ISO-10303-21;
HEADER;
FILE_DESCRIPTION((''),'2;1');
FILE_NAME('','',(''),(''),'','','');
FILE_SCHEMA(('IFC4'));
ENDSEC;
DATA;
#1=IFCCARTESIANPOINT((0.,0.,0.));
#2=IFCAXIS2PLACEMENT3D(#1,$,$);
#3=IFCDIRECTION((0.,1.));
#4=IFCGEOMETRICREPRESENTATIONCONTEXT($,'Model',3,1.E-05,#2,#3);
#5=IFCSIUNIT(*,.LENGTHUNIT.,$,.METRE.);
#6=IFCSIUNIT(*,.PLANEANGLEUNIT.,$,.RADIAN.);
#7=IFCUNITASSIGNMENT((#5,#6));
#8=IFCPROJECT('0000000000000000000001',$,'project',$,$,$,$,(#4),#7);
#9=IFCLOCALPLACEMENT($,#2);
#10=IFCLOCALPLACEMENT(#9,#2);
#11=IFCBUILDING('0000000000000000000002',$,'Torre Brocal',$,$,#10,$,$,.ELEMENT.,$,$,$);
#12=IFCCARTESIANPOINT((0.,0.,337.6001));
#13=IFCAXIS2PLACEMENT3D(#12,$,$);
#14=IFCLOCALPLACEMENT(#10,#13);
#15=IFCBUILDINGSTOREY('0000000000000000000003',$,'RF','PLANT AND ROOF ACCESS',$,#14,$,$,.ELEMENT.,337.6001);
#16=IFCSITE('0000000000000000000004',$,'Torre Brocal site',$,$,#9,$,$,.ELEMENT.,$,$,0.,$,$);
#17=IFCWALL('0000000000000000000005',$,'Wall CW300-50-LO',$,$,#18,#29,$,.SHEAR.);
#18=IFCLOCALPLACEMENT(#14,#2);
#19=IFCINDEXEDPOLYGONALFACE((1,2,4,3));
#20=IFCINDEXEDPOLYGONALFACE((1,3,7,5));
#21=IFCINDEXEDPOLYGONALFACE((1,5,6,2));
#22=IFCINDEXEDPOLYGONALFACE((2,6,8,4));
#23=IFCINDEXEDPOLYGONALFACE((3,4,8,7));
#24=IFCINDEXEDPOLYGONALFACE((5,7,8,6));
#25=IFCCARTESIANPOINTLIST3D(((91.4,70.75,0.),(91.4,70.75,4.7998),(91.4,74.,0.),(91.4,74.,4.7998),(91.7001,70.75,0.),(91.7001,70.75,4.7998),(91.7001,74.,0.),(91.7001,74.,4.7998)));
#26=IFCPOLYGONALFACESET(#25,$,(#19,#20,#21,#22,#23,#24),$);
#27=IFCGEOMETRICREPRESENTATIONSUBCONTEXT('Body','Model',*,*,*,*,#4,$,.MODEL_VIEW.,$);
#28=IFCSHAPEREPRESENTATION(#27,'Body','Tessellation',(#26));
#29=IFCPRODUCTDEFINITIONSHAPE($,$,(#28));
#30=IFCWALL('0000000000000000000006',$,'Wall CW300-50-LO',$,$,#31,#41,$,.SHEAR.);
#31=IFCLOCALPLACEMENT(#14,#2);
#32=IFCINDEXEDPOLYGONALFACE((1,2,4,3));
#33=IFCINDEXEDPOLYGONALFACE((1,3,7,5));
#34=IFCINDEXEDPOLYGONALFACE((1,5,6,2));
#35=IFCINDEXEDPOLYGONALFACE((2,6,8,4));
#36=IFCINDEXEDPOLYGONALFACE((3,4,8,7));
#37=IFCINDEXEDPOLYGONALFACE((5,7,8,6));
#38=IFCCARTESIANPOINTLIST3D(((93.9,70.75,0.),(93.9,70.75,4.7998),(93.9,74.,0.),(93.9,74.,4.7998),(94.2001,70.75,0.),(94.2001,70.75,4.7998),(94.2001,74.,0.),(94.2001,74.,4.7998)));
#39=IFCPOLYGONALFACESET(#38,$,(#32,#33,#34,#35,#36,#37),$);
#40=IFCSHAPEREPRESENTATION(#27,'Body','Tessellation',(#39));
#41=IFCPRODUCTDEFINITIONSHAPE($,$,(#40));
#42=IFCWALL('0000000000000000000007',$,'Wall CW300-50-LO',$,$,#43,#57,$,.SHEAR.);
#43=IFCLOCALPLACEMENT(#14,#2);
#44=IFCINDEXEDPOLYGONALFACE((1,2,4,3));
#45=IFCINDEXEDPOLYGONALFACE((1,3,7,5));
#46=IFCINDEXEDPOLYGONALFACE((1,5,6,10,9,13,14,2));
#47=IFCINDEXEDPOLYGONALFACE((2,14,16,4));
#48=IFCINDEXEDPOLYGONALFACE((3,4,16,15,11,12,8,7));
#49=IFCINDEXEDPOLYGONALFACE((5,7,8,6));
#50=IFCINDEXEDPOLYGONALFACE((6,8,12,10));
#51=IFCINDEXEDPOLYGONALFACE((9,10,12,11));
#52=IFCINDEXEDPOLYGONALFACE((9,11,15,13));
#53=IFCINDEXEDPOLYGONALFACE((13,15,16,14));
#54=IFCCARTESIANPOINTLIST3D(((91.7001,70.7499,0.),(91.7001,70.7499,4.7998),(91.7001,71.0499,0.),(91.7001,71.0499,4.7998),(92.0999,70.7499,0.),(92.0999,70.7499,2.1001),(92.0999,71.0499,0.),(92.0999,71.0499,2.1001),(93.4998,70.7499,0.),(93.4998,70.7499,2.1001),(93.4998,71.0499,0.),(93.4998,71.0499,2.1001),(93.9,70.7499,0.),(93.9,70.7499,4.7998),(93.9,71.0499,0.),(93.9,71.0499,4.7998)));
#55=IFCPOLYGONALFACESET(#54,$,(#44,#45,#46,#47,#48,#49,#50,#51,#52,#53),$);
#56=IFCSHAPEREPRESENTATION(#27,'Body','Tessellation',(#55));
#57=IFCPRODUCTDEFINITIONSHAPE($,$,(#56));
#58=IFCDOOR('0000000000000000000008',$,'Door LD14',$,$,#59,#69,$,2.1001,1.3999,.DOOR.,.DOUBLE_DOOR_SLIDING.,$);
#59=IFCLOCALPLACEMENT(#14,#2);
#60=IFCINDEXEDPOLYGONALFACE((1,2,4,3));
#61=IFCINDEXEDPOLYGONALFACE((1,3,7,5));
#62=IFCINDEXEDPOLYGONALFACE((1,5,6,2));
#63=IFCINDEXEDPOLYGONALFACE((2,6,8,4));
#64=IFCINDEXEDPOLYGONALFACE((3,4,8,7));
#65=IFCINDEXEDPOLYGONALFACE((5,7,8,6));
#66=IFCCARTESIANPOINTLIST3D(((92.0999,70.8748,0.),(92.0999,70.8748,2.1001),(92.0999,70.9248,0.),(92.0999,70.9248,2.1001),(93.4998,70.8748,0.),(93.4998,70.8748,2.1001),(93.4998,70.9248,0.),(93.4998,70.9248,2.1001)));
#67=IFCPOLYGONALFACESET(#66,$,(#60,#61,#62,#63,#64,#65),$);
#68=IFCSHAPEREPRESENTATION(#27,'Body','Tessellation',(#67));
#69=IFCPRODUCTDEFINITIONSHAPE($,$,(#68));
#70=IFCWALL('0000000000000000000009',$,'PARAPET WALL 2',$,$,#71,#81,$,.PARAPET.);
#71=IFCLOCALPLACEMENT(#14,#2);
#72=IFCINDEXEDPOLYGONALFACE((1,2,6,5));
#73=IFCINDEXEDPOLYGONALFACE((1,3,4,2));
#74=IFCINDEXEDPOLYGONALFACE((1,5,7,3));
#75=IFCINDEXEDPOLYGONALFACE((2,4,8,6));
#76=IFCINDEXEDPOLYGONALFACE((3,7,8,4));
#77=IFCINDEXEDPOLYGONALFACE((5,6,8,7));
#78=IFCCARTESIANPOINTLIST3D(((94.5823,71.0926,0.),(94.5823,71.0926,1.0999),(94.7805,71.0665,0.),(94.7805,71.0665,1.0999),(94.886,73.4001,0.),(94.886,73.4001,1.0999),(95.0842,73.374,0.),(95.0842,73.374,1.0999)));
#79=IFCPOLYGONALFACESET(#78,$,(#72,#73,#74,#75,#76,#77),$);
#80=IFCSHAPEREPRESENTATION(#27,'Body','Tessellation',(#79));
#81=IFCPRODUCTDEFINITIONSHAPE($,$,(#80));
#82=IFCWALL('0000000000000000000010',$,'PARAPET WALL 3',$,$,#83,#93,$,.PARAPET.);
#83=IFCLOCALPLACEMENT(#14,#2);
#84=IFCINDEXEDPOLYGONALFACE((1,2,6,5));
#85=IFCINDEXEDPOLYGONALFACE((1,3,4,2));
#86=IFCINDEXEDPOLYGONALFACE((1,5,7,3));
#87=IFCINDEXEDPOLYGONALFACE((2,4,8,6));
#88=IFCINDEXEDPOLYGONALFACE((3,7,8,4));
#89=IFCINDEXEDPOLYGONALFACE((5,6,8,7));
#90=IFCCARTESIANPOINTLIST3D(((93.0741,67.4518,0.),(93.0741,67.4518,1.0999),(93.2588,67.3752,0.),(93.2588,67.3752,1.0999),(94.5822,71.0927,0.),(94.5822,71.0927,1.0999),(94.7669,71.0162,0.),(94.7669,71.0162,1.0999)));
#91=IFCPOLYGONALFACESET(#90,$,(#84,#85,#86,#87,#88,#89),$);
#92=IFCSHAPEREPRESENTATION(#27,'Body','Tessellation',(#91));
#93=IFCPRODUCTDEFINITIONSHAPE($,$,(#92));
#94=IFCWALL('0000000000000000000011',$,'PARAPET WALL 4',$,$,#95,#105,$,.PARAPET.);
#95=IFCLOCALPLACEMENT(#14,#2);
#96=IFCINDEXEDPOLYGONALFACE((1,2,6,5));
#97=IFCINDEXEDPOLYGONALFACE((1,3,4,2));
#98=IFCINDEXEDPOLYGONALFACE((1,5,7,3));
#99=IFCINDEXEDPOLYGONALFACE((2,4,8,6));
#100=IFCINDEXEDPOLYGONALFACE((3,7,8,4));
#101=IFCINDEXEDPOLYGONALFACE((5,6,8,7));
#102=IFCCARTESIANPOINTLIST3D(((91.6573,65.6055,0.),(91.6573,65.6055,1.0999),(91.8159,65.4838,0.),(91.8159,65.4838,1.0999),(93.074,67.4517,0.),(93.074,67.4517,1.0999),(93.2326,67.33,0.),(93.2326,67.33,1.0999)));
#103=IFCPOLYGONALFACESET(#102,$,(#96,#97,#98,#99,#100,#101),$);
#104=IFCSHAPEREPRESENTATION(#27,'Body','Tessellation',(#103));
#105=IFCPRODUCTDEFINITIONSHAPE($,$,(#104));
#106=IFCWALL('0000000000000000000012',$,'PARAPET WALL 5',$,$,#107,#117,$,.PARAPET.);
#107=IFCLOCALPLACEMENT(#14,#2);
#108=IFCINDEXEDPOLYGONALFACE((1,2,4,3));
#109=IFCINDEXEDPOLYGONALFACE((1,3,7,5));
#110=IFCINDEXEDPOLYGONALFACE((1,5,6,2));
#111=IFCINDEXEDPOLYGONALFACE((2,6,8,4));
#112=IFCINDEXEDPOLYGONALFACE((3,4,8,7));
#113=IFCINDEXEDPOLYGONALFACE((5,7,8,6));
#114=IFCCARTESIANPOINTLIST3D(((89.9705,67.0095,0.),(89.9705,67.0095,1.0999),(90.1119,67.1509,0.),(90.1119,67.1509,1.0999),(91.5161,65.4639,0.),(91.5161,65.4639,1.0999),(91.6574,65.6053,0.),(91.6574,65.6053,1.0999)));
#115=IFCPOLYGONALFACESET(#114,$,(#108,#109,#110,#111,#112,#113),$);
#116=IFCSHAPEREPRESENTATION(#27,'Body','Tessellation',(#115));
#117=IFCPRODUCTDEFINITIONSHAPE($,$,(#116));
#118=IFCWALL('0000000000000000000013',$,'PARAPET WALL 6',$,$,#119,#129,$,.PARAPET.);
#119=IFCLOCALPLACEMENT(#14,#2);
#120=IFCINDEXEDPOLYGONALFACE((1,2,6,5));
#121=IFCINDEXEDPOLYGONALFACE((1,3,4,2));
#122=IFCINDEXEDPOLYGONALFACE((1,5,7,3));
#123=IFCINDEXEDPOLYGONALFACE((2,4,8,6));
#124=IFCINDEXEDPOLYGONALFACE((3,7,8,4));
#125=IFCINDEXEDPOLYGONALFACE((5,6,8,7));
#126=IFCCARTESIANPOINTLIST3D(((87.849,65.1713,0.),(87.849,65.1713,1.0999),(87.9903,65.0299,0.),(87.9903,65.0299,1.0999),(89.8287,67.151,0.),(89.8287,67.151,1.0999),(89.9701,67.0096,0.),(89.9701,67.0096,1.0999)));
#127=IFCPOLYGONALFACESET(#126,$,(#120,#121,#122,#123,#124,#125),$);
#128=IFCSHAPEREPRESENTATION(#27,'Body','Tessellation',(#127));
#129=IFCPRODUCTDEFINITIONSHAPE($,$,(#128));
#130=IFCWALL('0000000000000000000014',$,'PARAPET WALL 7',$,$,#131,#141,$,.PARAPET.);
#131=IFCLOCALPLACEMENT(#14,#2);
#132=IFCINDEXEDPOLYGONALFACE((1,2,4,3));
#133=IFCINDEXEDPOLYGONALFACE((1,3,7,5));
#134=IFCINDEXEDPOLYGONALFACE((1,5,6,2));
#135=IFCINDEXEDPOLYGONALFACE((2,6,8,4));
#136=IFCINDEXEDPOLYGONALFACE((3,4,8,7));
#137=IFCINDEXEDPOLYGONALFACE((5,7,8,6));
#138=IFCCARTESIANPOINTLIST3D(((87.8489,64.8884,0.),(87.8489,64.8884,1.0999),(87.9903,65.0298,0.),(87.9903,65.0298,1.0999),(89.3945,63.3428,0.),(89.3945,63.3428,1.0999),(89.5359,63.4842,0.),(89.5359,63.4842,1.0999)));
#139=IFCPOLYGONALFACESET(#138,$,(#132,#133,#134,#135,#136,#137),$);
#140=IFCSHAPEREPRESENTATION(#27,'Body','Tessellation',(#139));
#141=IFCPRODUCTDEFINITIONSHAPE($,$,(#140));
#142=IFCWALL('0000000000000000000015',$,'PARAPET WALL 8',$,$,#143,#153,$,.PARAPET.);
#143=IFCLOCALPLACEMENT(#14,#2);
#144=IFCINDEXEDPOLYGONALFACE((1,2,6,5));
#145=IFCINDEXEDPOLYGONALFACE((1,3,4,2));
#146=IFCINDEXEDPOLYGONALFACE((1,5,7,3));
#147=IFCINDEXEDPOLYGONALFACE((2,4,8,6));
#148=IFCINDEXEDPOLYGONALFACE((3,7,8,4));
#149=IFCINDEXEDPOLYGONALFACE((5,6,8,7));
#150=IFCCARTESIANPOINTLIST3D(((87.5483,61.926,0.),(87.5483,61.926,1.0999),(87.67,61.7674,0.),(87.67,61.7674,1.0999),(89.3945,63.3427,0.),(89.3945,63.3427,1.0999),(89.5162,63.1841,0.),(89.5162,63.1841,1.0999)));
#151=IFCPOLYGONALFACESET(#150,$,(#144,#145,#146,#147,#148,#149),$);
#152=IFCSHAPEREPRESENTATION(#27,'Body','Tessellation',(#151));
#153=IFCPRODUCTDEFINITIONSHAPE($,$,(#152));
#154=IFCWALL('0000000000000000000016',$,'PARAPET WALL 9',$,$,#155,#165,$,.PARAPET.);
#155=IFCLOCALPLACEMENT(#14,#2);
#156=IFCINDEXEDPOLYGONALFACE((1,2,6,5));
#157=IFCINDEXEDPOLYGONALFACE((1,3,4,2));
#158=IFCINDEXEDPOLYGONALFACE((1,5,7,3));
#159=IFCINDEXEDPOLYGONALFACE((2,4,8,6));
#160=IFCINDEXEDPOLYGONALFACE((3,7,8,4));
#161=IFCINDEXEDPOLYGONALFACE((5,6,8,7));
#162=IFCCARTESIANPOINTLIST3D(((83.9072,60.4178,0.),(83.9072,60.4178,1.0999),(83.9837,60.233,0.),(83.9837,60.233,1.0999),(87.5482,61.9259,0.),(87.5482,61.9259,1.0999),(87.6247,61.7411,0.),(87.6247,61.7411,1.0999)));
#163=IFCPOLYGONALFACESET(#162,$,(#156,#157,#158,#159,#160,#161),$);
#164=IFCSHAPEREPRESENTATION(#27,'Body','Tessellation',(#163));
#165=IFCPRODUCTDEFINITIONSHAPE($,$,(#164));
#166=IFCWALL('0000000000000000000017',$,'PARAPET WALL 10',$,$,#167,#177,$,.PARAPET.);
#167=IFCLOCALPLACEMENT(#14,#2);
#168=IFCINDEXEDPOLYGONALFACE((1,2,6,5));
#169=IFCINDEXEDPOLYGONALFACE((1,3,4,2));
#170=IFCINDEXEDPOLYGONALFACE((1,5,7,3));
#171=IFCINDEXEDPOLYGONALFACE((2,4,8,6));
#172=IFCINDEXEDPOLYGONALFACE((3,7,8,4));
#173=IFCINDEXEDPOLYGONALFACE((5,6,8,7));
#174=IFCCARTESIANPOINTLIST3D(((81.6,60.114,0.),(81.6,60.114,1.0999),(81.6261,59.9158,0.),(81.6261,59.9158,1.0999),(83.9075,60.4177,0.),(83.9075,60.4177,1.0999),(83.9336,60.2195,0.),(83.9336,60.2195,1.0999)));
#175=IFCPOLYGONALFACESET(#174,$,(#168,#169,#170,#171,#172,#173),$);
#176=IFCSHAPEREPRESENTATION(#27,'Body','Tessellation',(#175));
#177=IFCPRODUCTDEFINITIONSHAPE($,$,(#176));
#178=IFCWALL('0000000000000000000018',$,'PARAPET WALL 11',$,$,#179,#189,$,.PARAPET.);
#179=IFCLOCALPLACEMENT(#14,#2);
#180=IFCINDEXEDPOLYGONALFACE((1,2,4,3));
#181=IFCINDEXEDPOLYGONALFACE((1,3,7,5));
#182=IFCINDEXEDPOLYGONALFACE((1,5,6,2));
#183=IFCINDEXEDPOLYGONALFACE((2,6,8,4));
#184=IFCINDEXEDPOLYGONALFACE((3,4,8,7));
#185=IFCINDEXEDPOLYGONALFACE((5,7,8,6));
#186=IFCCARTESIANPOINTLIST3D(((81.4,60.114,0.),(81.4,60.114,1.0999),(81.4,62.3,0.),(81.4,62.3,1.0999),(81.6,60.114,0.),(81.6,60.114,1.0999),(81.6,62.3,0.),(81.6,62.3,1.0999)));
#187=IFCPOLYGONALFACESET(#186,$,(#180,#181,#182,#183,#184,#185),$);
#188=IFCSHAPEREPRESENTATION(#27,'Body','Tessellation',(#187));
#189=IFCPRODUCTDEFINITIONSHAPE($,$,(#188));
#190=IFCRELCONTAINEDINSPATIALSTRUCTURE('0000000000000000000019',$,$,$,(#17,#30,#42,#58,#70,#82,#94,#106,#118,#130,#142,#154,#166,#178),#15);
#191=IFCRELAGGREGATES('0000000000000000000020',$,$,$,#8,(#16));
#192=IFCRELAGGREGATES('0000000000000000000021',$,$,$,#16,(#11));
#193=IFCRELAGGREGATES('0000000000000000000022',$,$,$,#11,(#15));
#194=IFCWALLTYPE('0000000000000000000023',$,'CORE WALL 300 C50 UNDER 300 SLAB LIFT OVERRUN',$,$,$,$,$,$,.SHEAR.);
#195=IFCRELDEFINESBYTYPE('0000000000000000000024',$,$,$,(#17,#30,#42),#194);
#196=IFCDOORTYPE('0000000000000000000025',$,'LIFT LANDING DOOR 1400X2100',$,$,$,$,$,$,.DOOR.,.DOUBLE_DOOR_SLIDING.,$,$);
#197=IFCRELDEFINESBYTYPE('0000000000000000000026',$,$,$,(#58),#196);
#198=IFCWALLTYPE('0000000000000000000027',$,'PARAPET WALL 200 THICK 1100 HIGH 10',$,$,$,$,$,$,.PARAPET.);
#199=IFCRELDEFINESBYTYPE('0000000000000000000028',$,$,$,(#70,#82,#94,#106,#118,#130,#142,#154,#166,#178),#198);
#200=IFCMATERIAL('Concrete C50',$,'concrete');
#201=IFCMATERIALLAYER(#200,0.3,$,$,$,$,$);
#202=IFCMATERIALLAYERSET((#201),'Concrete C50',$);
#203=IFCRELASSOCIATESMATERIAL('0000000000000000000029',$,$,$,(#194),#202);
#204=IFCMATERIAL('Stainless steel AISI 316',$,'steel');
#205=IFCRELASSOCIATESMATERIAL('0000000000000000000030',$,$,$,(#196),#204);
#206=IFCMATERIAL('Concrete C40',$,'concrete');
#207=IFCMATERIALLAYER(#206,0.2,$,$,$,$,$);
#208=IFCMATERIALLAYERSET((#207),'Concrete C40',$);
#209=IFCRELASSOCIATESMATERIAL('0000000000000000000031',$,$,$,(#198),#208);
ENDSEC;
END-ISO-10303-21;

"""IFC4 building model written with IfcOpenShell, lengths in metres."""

from ifc_helpers import new_model, si_unit, direction, frame, frame_2d, origin, place, context, subcontext, project, spatial, rectangle, extrude, material, layer, layer_set, type_object, element, fill, save


model = new_model("IFC4")

# Units and contexts
model_context = context("Model", 3, precision=1e-05, world=origin(), true_north=direction((0.0, 1.0)))
body_context = subcontext(model_context, "Body", "Model", "MODEL_VIEW")
ifc_project = project(units=[si_unit("LENGTHUNIT", "METRE"), si_unit("PLANEANGLEUNIT", "RADIAN")], contexts=[model_context])

# Site, building, storey
site_placement = place(None, origin())
site = spatial("IfcSite", under=ifc_project, at=site_placement, Name="Torre Brocal site", CompositionType="ELEMENT", RefElevation=0.0)
building_placement = place(site_placement, origin())
building = spatial("IfcBuilding", under=site, at=building_placement, Name="Torre Brocal", CompositionType="ELEMENT")
storey_placement = place(building_placement, frame((0.0, 0.0, 337.6001)))
storey = spatial("IfcBuildingStorey", under=building, at=storey_placement, Name="RF", Description="PLANT AND ROOF ACCESS", CompositionType="ELEMENT", Elevation=337.6001)

# Walls
ifc_material_1 = material(Name="Concrete C50", Category="concrete")
ifc_layer_1 = layer(ifc_material_1, 0.3)
ifc_layer_set_1 = layer_set([ifc_layer_1], Name="Concrete C50")
wall_type_1 = type_object("IfcWallType", Name="CORE WALL 300 C50 UNDER 300 SLAB LIFT OVERRUN", PredefinedType="SHEAR", material=ifc_layer_set_1)
for number, where, z_axis, x_axis, name in (
    (1, (91.55, 70.75, 0.0), (0.0, 0.0, 1.0), (0.0, 1.0, 0.0), "Wall CW300-50-LO"),
    (2, (94.05, 70.75, 0.0), (0.0, 0.0, 1.0), (0.0, 1.0, 0.0), "Wall CW300-50-LO"),
):
    element("IfcWall", number, at=place(storey_placement, frame(where, z_axis=z_axis, x_axis=x_axis)), inside=storey, type_object=wall_type_1, Name=name, PredefinedType="SHEAR", context=body_context, shape_type="SweptSolid", body=[
        extrude(rectangle(XDim=3.25, YDim=0.3, at=frame_2d((1.625, 0.0))), origin(), (0.0, 0.0, 1.0), 4.7998),
    ])

# Wall, opening, door
wall_1_placement = place(storey_placement, frame((91.7, 70.8999, 0.0), z_axis=(0.0, 0.0, 1.0), x_axis=(1.0, 0.0, 0.0)))
wall_1 = element("IfcWall", 3, at=wall_1_placement, inside=storey, type_object=wall_type_1, Name="Wall CW300-50-LO", PredefinedType="SHEAR", context=body_context, shape_type="SweptSolid", body=[
    extrude(rectangle(XDim=2.2, YDim=0.3, at=frame_2d((1.1001, 0.0))), origin(), (0.0, 0.0, 1.0), 4.7998),
])
opening_placement = place(wall_1_placement, frame((0.3999, 0.0, 0.0)))
opening = element("IfcOpeningElement", 4, at=opening_placement, cuts=wall_1, PredefinedType="OPENING", context=body_context, shape_type="SweptSolid", body=[
    extrude(rectangle(XDim=1.3999, YDim=2.1001, at=frame_2d((0.7, 1.05))), frame((0.0, 0.1599, 0.0), z_axis=(0.0, -1.0, 0.0), x_axis=(1.0, 0.0, 0.0)), (0.0, 0.0, 1.0), 0.3201),
])
ifc_material_2 = material(Name="Stainless steel AISI 316", Category="steel")
door_type = type_object("IfcDoorType", Name="LIFT LANDING DOOR 1400X2100", OperationType="DOUBLE_DOOR_SLIDING", PredefinedType="DOOR", material=ifc_material_2)
door_placement = place(opening_placement, origin())
door = element("IfcDoor", 5, at=door_placement, inside=storey, type_object=door_type, Name="Door LD14", OperationType="DOUBLE_DOOR_SLIDING", OverallHeight=2.1001, OverallWidth=1.3999, PredefinedType="DOOR", context=body_context, shape_type="SweptSolid", body=[
    extrude(rectangle(XDim=1.3999, YDim=2.1001, at=frame_2d((0.7, 1.05))), frame((0.0, 0.0249, 0.0), z_axis=(0.0, -1.0, 0.0), x_axis=(1.0, 0.0, 0.0)), (0.0, 0.0, 1.0), 0.05),
])
fill(opening, door)

# Walls
ifc_material_3 = material(Name="Concrete C40", Category="concrete")
ifc_layer_2 = layer(ifc_material_3, 0.2)
ifc_layer_set_2 = layer_set([ifc_layer_2], Name="Concrete C40")
wall_type_2 = type_object("IfcWallType", Name="PARAPET WALL 200 THICK 1100 HIGH 10", PredefinedType="PARAPET", material=ifc_layer_set_2)
wall_2_placement = place(storey_placement, frame((94.9851, 73.387, 0.0), z_axis=(0.0, 0.0, 1.0), x_axis=(-0.130501, -0.991448, 0.0)))
element("IfcWall", 6, at=wall_2_placement, inside=storey, type_object=wall_type_2, Name="PARAPET WALL 2", PredefinedType="PARAPET", context=body_context, shape_type="SweptSolid", body=[
    extrude(rectangle(XDim=2.3274, YDim=0.2, at=frame_2d((1.1636, 0.0))), origin(), (0.0, 0.0, 1.0), 1.0999),
])
wall_3_placement = place(storey_placement, frame((94.6746, 71.0544, 0.0), z_axis=(0.0, 0.0, 1.0), x_axis=(-0.382675, -0.923883, 0.0)))
element("IfcWall", 7, at=wall_3_placement, inside=storey, type_object=wall_type_2, Name="PARAPET WALL 3", PredefinedType="PARAPET", context=body_context, shape_type="SweptSolid", body=[
    extrude(rectangle(XDim=3.9409, YDim=0.2, at=frame_2d((1.9705, 0.0))), origin(), (0.0, 0.0, 1.0), 1.0999),
])
wall_4_placement = place(storey_placement, frame((93.1533, 67.3909, 0.0), z_axis=(0.0, 0.0, 1.0), x_axis=(-0.608793, -0.793329, 0.0)))
element("IfcWall", 8, at=wall_4_placement, inside=storey, type_object=wall_type_2, Name="PARAPET WALL 4", PredefinedType="PARAPET", context=body_context, shape_type="SweptSolid", body=[
    extrude(rectangle(XDim=2.3271, YDim=0.2, at=frame_2d((1.1636, 0.0))), origin(), (0.0, 0.0, 1.0), 1.0999),
])
wall_5_placement = place(storey_placement, frame((91.5867, 65.5347, 0.0), z_axis=(0.0, 0.0, 1.0), x_axis=(-0.707107, 0.707107, 0.0)))
element("IfcWall", 9, at=wall_5_placement, inside=storey, type_object=wall_type_2, Name="PARAPET WALL 5", PredefinedType="PARAPET", context=body_context, shape_type="SweptSolid", body=[
    extrude(rectangle(XDim=2.1858, YDim=0.2, at=frame_2d((1.0928, 0.0))), origin(), (0.0, 0.0, 1.0), 1.0999),
])
wall_6_placement = place(storey_placement, frame((89.8994, 67.0803, 0.0), z_axis=(0.0, 0.0, 1.0), x_axis=(-0.707107, -0.707107, 0.0)))
element("IfcWall", 10, at=wall_6_placement, inside=storey, type_object=wall_type_2, Name="PARAPET WALL 6", PredefinedType="PARAPET", context=body_context, shape_type="SweptSolid", body=[
    extrude(rectangle(XDim=2.7998, YDim=0.2, at=frame_2d((1.3999, 0.0))), origin(), (0.0, 0.0, 1.0), 1.0999),
])
wall_7_placement = place(storey_placement, frame((87.9197, 64.959, 0.0), z_axis=(0.0, 0.0, 1.0), x_axis=(0.707107, -0.707107, 0.0)))
element("IfcWall", 11, at=wall_7_placement, inside=storey, type_object=wall_type_2, Name="PARAPET WALL 7", PredefinedType="PARAPET", context=body_context, shape_type="SweptSolid", body=[
    extrude(rectangle(XDim=2.1858, YDim=0.2, at=frame_2d((1.0928, 0.0))), origin(), (0.0, 0.0, 1.0), 1.0999),
])
wall_8_placement = place(storey_placement, frame((89.4553, 63.2634, 0.0), z_axis=(0.0, 0.0, 1.0), x_axis=(-0.793329, -0.608793, 0.0)))
element("IfcWall", 12, at=wall_8_placement, inside=storey, type_object=wall_type_2, Name="PARAPET WALL 8", PredefinedType="PARAPET", context=body_context, shape_type="SweptSolid", body=[
    extrude(rectangle(XDim=2.3271, YDim=0.2, at=frame_2d((1.1636, 0.0))), origin(), (0.0, 0.0, 1.0), 1.0999),
])
wall_9_placement = place(storey_placement, frame((87.5864, 61.8335, 0.0), z_axis=(0.0, 0.0, 1.0), x_axis=(-0.923883, -0.382675, 0.0)))
element("IfcWall", 13, at=wall_9_placement, inside=storey, type_object=wall_type_2, Name="PARAPET WALL 9", PredefinedType="PARAPET", context=body_context, shape_type="SweptSolid", body=[
    extrude(rectangle(XDim=3.9409, YDim=0.2, at=frame_2d((1.9705, 0.0))), origin(), (0.0, 0.0, 1.0), 1.0999),
])
wall_10_placement = place(storey_placement, frame((83.9204, 60.3186, 0.0), z_axis=(0.0, 0.0, 1.0), x_axis=(-0.991448, -0.130501, 0.0)))
element("IfcWall", 14, at=wall_10_placement, inside=storey, type_object=wall_type_2, Name="PARAPET WALL 10", PredefinedType="PARAPET", context=body_context, shape_type="SweptSolid", body=[
    extrude(rectangle(XDim=2.3274, YDim=0.2, at=frame_2d((1.1636, 0.0))), origin(), (0.0, 0.0, 1.0), 1.0999),
])
wall_11_placement = place(storey_placement, frame((81.5, 60.114, 0.0), z_axis=(0.0, 0.0, 1.0), x_axis=(0.0, 1.0, 0.0)))
element("IfcWall", 15, at=wall_11_placement, inside=storey, type_object=wall_type_2, Name="PARAPET WALL 11", PredefinedType="PARAPET", context=body_context, shape_type="SweptSolid", body=[
    extrude(rectangle(XDim=2.186, YDim=0.2, at=frame_2d((1.093, 0.0))), origin(), (0.0, 0.0, 1.0), 1.0999),
])

save(model, "model.ifc")
